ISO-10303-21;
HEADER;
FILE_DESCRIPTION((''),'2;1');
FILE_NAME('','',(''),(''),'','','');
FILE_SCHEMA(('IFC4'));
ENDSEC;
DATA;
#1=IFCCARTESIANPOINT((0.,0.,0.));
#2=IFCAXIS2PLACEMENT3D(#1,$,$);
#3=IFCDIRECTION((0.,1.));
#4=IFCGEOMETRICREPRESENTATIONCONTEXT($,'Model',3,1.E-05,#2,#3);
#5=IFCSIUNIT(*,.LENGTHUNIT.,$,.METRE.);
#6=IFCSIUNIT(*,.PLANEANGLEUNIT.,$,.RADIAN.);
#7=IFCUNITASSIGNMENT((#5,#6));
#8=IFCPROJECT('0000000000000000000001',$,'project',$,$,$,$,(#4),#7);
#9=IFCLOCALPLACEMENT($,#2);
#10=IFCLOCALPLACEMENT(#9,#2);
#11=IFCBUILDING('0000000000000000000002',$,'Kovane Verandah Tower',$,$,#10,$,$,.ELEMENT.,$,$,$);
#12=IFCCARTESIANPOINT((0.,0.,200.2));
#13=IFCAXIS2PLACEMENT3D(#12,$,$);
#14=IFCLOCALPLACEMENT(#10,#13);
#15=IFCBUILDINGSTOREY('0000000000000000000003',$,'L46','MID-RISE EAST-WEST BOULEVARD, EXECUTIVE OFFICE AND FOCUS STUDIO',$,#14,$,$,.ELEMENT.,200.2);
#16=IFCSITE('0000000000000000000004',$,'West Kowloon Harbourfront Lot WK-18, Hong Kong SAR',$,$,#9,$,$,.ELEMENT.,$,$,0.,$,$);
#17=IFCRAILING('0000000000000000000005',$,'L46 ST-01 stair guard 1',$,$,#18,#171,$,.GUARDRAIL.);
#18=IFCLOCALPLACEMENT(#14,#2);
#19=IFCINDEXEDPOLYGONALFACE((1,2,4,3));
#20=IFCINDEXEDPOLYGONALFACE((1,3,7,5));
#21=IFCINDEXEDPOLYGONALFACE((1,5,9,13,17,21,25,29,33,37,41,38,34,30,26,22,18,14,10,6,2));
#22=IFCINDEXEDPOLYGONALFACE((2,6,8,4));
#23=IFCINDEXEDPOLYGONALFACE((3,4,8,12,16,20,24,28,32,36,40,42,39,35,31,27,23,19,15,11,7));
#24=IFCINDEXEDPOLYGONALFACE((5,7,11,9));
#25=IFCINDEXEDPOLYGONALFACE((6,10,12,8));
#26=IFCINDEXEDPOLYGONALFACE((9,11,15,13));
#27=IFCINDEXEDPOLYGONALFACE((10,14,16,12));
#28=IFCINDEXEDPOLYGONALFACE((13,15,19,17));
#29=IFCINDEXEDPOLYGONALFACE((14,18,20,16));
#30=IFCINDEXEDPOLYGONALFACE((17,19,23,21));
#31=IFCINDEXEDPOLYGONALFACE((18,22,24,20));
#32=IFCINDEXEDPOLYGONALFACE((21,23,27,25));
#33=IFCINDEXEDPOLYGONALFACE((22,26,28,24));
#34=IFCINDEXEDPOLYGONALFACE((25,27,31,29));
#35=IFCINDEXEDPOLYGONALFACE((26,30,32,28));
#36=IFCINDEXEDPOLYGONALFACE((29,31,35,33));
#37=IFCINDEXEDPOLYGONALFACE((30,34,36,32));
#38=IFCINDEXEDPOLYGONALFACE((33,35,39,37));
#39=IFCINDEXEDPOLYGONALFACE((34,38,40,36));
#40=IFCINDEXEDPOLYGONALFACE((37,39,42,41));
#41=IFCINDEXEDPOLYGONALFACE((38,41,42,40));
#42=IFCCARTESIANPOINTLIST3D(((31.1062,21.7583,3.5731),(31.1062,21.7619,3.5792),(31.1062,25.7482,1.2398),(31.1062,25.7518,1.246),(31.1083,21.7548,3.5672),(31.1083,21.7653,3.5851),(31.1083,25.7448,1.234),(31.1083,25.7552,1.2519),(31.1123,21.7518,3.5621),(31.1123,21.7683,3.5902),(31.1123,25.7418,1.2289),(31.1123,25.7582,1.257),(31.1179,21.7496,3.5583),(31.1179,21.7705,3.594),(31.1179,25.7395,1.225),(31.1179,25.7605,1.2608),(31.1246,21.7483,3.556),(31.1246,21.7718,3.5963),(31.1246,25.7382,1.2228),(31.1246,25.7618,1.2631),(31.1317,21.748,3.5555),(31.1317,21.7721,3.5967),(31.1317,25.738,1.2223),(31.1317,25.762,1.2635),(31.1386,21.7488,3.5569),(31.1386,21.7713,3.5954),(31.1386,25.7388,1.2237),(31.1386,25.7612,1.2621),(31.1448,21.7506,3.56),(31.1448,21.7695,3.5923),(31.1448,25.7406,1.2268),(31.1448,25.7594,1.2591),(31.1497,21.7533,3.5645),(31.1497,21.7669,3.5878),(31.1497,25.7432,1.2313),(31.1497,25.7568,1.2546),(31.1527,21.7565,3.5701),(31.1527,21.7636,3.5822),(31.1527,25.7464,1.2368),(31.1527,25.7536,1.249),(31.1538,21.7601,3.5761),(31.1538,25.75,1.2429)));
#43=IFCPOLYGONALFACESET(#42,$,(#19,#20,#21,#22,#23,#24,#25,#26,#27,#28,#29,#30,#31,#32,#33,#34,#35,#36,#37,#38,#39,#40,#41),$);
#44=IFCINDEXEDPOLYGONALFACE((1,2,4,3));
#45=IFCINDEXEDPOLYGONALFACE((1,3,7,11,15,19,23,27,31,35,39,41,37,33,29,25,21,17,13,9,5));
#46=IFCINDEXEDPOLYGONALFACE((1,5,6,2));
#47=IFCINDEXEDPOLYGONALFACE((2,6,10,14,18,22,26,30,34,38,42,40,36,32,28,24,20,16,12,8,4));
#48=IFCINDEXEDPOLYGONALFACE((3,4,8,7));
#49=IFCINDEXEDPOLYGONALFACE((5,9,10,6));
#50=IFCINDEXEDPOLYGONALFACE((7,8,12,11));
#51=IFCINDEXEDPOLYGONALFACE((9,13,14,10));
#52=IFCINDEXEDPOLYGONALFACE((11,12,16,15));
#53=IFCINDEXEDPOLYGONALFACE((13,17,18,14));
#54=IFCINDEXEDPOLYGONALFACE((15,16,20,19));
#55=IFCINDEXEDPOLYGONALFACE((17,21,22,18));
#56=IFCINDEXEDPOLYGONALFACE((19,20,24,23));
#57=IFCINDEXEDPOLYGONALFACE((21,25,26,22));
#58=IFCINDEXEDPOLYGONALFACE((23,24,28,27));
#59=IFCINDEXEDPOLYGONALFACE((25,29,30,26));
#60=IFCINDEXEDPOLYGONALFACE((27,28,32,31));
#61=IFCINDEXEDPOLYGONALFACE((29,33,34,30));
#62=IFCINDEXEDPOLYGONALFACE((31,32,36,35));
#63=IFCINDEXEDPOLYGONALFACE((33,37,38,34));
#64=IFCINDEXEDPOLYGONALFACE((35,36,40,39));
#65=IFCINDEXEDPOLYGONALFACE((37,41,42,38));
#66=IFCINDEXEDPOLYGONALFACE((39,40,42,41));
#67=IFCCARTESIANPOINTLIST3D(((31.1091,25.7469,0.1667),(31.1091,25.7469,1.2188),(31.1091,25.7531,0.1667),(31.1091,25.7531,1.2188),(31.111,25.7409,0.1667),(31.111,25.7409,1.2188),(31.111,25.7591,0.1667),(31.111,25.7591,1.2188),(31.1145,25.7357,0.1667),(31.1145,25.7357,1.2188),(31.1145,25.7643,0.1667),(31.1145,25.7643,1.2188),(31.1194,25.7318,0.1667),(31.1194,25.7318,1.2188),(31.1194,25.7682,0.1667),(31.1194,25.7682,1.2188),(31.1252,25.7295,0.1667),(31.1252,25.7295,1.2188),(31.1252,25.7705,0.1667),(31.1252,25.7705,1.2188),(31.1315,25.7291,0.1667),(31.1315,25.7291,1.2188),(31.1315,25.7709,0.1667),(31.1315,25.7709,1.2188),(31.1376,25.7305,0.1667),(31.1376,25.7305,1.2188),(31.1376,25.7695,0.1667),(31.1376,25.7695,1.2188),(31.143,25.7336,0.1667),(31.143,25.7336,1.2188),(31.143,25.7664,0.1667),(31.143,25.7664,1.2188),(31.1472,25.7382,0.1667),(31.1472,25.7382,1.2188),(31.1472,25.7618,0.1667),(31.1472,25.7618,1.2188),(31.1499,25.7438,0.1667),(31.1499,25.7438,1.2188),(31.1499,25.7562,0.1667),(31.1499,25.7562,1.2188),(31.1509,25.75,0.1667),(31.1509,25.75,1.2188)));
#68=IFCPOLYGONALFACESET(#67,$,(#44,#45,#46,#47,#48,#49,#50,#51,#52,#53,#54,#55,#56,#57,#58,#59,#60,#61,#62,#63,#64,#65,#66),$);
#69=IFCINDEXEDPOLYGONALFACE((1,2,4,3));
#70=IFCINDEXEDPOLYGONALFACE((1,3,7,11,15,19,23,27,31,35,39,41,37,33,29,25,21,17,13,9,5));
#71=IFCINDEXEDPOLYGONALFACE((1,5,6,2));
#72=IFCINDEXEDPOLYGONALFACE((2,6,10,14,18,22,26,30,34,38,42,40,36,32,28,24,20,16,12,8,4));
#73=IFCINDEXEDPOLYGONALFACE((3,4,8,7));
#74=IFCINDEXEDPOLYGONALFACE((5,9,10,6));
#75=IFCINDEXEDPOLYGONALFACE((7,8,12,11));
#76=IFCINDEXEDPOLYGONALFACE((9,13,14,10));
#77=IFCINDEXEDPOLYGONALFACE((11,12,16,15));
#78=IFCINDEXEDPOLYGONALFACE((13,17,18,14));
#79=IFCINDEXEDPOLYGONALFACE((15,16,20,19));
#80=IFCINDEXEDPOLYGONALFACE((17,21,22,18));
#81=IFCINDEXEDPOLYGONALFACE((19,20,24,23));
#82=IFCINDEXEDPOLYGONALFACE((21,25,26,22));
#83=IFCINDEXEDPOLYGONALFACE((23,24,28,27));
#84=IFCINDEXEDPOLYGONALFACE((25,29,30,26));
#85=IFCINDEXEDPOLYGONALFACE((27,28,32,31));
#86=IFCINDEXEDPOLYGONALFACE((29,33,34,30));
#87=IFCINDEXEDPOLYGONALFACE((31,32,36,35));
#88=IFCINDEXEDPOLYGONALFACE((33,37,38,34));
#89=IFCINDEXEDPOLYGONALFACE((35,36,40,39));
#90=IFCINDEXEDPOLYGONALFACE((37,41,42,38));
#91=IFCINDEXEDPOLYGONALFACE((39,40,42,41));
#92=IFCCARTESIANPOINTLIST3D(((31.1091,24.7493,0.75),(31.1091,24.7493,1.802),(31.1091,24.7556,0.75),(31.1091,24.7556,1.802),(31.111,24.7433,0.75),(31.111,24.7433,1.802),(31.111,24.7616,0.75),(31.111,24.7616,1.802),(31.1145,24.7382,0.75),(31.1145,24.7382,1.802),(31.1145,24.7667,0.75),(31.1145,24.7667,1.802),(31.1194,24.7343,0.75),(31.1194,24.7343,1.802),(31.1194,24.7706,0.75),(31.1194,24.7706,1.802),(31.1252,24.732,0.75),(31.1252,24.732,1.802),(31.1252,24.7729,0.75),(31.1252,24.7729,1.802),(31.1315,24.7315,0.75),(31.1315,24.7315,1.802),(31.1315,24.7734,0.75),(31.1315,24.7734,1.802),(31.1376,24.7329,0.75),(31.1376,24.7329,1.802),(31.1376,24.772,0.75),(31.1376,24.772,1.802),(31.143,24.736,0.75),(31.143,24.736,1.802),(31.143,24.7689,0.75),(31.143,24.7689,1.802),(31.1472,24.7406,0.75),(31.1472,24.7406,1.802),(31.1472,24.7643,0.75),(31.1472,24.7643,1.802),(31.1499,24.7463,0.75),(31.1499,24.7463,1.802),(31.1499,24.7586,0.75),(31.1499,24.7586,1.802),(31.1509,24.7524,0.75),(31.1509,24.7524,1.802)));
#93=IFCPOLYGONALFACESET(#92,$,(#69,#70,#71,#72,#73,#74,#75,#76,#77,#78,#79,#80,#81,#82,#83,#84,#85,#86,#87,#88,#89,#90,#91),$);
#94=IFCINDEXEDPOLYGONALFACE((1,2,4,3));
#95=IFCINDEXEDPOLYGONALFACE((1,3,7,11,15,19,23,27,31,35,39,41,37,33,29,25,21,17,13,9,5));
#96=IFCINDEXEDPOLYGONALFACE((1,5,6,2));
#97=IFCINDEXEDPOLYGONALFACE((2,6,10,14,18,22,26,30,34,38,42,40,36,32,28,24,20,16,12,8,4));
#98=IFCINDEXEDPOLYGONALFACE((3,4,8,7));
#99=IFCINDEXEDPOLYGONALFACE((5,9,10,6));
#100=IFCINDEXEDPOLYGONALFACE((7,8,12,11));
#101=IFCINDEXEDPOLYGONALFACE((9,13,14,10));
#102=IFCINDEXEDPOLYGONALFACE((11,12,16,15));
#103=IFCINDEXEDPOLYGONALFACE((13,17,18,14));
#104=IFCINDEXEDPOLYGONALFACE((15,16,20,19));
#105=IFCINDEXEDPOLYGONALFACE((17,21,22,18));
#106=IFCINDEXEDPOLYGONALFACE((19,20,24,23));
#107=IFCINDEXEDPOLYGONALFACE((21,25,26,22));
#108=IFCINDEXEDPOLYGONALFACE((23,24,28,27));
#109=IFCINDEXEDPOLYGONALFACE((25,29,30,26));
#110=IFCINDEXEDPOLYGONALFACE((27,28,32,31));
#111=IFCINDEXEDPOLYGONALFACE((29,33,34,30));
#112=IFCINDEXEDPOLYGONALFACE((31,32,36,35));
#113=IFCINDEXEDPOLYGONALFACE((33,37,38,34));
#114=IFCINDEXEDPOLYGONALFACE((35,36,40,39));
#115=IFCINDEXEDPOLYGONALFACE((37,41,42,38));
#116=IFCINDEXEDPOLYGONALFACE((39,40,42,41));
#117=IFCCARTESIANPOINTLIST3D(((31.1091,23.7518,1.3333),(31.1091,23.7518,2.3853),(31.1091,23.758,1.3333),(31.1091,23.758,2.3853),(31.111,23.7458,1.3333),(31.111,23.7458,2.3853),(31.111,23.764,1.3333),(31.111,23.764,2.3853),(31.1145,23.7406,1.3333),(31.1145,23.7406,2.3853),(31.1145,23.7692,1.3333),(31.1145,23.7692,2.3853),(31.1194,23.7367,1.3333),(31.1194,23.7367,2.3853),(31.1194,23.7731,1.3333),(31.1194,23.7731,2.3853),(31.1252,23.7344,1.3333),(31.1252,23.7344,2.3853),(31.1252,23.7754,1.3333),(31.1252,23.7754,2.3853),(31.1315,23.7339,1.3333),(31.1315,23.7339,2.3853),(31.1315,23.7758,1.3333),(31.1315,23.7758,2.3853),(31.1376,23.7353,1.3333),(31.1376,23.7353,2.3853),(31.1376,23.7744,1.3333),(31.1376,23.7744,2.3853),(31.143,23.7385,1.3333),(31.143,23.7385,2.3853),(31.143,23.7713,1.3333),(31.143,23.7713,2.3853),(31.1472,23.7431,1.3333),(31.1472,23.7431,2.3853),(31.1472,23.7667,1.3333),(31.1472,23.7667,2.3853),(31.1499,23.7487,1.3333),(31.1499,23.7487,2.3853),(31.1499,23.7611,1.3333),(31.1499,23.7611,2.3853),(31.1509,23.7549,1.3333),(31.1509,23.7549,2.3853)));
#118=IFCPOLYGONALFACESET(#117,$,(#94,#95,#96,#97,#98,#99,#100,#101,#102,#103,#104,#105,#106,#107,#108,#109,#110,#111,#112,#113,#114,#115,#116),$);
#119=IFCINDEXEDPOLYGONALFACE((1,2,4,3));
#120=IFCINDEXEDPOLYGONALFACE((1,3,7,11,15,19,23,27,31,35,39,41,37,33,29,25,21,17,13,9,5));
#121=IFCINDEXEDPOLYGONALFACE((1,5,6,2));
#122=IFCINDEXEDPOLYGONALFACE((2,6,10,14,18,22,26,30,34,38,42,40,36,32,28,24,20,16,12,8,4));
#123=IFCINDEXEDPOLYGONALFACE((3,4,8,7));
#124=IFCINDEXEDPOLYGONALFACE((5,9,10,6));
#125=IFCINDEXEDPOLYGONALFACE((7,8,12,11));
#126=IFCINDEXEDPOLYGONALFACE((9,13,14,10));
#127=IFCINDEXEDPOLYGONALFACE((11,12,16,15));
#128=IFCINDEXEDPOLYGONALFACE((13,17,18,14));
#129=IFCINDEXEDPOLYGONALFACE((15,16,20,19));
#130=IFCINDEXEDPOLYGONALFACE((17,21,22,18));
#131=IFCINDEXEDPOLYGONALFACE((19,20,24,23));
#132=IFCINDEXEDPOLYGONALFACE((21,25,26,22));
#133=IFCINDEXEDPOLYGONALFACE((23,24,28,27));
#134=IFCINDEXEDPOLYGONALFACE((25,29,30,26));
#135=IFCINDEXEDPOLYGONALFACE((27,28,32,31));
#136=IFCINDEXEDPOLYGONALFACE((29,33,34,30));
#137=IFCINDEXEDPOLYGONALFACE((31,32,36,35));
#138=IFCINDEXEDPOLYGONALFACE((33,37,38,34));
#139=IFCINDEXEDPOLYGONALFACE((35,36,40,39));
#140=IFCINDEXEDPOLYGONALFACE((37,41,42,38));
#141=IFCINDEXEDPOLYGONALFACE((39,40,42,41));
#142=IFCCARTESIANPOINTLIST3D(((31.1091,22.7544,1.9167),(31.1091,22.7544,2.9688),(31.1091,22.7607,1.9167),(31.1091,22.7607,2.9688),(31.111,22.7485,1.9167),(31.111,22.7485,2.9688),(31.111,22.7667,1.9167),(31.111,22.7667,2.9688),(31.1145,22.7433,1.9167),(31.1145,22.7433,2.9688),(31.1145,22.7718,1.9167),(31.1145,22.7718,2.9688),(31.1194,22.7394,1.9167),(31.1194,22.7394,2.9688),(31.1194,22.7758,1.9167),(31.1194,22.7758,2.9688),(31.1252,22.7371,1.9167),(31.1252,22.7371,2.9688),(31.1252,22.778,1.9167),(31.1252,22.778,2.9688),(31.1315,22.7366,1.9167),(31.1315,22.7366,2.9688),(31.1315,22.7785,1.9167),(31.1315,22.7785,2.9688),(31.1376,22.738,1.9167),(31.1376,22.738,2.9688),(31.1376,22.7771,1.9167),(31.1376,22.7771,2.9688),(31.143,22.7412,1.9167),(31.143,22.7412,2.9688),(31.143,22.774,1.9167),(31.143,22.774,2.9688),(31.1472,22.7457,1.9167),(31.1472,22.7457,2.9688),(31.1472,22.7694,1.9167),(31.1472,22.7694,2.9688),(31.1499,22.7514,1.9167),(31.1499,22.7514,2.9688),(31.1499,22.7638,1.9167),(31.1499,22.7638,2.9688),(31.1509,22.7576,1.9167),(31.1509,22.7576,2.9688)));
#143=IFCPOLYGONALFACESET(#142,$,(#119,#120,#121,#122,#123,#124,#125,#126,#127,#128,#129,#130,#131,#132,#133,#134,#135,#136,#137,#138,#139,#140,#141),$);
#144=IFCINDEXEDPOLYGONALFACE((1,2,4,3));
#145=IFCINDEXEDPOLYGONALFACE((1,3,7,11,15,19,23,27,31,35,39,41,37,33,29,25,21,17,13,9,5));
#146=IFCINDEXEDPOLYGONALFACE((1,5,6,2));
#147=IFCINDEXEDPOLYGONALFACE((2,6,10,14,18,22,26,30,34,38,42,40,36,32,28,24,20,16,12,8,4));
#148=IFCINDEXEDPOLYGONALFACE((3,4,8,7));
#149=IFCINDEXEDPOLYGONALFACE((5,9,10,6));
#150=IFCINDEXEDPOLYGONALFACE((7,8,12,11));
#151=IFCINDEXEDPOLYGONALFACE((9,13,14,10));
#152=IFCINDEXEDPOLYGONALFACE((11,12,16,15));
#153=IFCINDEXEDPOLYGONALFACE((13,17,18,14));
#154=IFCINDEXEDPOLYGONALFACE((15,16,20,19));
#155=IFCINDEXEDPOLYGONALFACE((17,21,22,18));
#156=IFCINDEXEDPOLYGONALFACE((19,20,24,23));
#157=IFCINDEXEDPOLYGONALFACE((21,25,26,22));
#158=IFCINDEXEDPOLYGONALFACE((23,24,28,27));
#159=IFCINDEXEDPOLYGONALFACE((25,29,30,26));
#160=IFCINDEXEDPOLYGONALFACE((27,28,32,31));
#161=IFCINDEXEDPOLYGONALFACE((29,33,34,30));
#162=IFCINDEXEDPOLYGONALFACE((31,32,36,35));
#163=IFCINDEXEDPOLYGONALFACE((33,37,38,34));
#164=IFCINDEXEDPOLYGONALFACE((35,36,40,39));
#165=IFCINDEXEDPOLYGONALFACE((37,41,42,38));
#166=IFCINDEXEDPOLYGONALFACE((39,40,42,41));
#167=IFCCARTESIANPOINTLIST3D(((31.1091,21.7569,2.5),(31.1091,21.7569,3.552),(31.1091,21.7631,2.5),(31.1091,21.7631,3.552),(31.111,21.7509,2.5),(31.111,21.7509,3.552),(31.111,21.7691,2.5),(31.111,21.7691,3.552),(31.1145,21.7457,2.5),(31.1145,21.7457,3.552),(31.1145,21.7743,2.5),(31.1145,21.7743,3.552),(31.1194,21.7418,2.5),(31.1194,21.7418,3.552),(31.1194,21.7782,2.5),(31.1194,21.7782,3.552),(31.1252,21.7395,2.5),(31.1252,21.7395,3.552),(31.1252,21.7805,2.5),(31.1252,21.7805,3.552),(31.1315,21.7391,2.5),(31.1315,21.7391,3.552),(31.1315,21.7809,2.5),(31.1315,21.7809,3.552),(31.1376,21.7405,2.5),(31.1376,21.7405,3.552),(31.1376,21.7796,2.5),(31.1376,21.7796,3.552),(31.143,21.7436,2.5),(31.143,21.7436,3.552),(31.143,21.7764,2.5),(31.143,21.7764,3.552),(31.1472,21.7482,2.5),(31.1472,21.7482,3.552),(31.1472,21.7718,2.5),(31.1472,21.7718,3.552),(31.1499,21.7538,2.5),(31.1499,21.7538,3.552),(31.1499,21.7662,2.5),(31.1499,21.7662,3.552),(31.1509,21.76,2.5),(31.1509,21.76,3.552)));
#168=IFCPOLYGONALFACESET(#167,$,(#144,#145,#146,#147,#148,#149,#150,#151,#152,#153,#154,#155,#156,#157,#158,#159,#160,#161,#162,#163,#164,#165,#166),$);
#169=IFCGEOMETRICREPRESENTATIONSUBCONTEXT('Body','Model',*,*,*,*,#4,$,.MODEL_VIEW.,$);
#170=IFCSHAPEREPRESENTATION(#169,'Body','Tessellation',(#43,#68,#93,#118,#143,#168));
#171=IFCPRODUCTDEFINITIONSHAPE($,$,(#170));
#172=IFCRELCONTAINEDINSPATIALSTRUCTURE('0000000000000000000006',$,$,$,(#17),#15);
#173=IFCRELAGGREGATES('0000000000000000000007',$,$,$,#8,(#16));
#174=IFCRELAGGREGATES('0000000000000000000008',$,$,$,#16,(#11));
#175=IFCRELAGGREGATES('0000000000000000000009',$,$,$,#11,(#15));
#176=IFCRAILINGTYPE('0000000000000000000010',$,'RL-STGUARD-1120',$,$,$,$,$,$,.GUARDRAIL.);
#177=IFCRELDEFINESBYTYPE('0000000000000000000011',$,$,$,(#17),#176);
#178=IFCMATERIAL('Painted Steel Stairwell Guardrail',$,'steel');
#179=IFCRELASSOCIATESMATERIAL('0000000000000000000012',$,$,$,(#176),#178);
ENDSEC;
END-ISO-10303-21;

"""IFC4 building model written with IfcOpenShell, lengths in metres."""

from ifc_helpers import new_model, si_unit, direction, frame, origin, origin_2d, place, context, subcontext, project, spatial, circle, extrude, material, type_object, element, save


model = new_model("IFC4")

# Units and contexts
model_context = context("Model", 3, precision=1e-05, world=origin(), true_north=direction((0.0, 1.0)))
body_context = subcontext(model_context, "Body", "Model", "MODEL_VIEW")
ifc_project = project(units=[si_unit("LENGTHUNIT", "METRE"), si_unit("PLANEANGLEUNIT", "RADIAN")], contexts=[model_context])

# Site, building, storey
site_placement = place(None, origin())
site = spatial("IfcSite", under=ifc_project, at=site_placement, Name="West Kowloon Harbourfront Lot WK-18, Hong Kong SAR", CompositionType="ELEMENT", RefElevation=0.0)
building_placement = place(site_placement, origin())
building = spatial("IfcBuilding", under=site, at=building_placement, Name="Kovane Verandah Tower", CompositionType="ELEMENT")
storey_placement = place(building_placement, frame((0.0, 0.0, 200.2)))
storey = spatial("IfcBuildingStorey", under=building, at=storey_placement, Name="L46", Description="MID-RISE EAST-WEST BOULEVARD, EXECUTIVE OFFICE AND FOCUS STUDIO", CompositionType="ELEMENT", Elevation=200.2)

# Railing
ifc_material_1 = material(Name="Painted Steel Stairwell Guardrail", Category="steel")
railing_type_1 = type_object("IfcRailingType", Name="RL-STGUARD-1120", PredefinedType="GUARDRAIL", material=ifc_material_1)
railing_1_placement = place(storey_placement, frame((31.1299, 25.75, 0.1667)))
element("IfcRailing", 1, at=railing_1_placement, inside=storey, type_object=railing_type_1, Name="L46 ST-01 stair guard 1", PredefinedType="GUARDRAIL", context=body_context, shape_type="SweptSolid", body=[
    extrude(circle(Radius=0.0239, at=origin_2d()), frame((0.0, 0.0, 1.0762), z_axis=(0.0, -0.863236, 0.5048), x_axis=(1.0, 0.0, 0.0)), (0.0, 0.0, 1.0), 4.6221),
    extrude(circle(Radius=0.021, at=origin_2d()), origin(), (0.0, 0.0, 1.0), 1.052),
    extrude(circle(Radius=0.021, at=origin_2d()), frame((0.0, -0.9976, 0.5833)), (0.0, 0.0, 1.0), 1.052),
    extrude(circle(Radius=0.021, at=origin_2d()), frame((0.0, -1.9951, 1.1665)), (0.0, 0.0, 1.0), 1.052),
    extrude(circle(Radius=0.021, at=origin_2d()), frame((0.0, -2.9924, 1.75)), (0.0, 0.0, 1.0), 1.052),
    extrude(circle(Radius=0.021, at=origin_2d()), frame((0.0, -3.99, 2.3333)), (0.0, 0.0, 1.0), 1.052),
])

save(model, "model.ifc")
